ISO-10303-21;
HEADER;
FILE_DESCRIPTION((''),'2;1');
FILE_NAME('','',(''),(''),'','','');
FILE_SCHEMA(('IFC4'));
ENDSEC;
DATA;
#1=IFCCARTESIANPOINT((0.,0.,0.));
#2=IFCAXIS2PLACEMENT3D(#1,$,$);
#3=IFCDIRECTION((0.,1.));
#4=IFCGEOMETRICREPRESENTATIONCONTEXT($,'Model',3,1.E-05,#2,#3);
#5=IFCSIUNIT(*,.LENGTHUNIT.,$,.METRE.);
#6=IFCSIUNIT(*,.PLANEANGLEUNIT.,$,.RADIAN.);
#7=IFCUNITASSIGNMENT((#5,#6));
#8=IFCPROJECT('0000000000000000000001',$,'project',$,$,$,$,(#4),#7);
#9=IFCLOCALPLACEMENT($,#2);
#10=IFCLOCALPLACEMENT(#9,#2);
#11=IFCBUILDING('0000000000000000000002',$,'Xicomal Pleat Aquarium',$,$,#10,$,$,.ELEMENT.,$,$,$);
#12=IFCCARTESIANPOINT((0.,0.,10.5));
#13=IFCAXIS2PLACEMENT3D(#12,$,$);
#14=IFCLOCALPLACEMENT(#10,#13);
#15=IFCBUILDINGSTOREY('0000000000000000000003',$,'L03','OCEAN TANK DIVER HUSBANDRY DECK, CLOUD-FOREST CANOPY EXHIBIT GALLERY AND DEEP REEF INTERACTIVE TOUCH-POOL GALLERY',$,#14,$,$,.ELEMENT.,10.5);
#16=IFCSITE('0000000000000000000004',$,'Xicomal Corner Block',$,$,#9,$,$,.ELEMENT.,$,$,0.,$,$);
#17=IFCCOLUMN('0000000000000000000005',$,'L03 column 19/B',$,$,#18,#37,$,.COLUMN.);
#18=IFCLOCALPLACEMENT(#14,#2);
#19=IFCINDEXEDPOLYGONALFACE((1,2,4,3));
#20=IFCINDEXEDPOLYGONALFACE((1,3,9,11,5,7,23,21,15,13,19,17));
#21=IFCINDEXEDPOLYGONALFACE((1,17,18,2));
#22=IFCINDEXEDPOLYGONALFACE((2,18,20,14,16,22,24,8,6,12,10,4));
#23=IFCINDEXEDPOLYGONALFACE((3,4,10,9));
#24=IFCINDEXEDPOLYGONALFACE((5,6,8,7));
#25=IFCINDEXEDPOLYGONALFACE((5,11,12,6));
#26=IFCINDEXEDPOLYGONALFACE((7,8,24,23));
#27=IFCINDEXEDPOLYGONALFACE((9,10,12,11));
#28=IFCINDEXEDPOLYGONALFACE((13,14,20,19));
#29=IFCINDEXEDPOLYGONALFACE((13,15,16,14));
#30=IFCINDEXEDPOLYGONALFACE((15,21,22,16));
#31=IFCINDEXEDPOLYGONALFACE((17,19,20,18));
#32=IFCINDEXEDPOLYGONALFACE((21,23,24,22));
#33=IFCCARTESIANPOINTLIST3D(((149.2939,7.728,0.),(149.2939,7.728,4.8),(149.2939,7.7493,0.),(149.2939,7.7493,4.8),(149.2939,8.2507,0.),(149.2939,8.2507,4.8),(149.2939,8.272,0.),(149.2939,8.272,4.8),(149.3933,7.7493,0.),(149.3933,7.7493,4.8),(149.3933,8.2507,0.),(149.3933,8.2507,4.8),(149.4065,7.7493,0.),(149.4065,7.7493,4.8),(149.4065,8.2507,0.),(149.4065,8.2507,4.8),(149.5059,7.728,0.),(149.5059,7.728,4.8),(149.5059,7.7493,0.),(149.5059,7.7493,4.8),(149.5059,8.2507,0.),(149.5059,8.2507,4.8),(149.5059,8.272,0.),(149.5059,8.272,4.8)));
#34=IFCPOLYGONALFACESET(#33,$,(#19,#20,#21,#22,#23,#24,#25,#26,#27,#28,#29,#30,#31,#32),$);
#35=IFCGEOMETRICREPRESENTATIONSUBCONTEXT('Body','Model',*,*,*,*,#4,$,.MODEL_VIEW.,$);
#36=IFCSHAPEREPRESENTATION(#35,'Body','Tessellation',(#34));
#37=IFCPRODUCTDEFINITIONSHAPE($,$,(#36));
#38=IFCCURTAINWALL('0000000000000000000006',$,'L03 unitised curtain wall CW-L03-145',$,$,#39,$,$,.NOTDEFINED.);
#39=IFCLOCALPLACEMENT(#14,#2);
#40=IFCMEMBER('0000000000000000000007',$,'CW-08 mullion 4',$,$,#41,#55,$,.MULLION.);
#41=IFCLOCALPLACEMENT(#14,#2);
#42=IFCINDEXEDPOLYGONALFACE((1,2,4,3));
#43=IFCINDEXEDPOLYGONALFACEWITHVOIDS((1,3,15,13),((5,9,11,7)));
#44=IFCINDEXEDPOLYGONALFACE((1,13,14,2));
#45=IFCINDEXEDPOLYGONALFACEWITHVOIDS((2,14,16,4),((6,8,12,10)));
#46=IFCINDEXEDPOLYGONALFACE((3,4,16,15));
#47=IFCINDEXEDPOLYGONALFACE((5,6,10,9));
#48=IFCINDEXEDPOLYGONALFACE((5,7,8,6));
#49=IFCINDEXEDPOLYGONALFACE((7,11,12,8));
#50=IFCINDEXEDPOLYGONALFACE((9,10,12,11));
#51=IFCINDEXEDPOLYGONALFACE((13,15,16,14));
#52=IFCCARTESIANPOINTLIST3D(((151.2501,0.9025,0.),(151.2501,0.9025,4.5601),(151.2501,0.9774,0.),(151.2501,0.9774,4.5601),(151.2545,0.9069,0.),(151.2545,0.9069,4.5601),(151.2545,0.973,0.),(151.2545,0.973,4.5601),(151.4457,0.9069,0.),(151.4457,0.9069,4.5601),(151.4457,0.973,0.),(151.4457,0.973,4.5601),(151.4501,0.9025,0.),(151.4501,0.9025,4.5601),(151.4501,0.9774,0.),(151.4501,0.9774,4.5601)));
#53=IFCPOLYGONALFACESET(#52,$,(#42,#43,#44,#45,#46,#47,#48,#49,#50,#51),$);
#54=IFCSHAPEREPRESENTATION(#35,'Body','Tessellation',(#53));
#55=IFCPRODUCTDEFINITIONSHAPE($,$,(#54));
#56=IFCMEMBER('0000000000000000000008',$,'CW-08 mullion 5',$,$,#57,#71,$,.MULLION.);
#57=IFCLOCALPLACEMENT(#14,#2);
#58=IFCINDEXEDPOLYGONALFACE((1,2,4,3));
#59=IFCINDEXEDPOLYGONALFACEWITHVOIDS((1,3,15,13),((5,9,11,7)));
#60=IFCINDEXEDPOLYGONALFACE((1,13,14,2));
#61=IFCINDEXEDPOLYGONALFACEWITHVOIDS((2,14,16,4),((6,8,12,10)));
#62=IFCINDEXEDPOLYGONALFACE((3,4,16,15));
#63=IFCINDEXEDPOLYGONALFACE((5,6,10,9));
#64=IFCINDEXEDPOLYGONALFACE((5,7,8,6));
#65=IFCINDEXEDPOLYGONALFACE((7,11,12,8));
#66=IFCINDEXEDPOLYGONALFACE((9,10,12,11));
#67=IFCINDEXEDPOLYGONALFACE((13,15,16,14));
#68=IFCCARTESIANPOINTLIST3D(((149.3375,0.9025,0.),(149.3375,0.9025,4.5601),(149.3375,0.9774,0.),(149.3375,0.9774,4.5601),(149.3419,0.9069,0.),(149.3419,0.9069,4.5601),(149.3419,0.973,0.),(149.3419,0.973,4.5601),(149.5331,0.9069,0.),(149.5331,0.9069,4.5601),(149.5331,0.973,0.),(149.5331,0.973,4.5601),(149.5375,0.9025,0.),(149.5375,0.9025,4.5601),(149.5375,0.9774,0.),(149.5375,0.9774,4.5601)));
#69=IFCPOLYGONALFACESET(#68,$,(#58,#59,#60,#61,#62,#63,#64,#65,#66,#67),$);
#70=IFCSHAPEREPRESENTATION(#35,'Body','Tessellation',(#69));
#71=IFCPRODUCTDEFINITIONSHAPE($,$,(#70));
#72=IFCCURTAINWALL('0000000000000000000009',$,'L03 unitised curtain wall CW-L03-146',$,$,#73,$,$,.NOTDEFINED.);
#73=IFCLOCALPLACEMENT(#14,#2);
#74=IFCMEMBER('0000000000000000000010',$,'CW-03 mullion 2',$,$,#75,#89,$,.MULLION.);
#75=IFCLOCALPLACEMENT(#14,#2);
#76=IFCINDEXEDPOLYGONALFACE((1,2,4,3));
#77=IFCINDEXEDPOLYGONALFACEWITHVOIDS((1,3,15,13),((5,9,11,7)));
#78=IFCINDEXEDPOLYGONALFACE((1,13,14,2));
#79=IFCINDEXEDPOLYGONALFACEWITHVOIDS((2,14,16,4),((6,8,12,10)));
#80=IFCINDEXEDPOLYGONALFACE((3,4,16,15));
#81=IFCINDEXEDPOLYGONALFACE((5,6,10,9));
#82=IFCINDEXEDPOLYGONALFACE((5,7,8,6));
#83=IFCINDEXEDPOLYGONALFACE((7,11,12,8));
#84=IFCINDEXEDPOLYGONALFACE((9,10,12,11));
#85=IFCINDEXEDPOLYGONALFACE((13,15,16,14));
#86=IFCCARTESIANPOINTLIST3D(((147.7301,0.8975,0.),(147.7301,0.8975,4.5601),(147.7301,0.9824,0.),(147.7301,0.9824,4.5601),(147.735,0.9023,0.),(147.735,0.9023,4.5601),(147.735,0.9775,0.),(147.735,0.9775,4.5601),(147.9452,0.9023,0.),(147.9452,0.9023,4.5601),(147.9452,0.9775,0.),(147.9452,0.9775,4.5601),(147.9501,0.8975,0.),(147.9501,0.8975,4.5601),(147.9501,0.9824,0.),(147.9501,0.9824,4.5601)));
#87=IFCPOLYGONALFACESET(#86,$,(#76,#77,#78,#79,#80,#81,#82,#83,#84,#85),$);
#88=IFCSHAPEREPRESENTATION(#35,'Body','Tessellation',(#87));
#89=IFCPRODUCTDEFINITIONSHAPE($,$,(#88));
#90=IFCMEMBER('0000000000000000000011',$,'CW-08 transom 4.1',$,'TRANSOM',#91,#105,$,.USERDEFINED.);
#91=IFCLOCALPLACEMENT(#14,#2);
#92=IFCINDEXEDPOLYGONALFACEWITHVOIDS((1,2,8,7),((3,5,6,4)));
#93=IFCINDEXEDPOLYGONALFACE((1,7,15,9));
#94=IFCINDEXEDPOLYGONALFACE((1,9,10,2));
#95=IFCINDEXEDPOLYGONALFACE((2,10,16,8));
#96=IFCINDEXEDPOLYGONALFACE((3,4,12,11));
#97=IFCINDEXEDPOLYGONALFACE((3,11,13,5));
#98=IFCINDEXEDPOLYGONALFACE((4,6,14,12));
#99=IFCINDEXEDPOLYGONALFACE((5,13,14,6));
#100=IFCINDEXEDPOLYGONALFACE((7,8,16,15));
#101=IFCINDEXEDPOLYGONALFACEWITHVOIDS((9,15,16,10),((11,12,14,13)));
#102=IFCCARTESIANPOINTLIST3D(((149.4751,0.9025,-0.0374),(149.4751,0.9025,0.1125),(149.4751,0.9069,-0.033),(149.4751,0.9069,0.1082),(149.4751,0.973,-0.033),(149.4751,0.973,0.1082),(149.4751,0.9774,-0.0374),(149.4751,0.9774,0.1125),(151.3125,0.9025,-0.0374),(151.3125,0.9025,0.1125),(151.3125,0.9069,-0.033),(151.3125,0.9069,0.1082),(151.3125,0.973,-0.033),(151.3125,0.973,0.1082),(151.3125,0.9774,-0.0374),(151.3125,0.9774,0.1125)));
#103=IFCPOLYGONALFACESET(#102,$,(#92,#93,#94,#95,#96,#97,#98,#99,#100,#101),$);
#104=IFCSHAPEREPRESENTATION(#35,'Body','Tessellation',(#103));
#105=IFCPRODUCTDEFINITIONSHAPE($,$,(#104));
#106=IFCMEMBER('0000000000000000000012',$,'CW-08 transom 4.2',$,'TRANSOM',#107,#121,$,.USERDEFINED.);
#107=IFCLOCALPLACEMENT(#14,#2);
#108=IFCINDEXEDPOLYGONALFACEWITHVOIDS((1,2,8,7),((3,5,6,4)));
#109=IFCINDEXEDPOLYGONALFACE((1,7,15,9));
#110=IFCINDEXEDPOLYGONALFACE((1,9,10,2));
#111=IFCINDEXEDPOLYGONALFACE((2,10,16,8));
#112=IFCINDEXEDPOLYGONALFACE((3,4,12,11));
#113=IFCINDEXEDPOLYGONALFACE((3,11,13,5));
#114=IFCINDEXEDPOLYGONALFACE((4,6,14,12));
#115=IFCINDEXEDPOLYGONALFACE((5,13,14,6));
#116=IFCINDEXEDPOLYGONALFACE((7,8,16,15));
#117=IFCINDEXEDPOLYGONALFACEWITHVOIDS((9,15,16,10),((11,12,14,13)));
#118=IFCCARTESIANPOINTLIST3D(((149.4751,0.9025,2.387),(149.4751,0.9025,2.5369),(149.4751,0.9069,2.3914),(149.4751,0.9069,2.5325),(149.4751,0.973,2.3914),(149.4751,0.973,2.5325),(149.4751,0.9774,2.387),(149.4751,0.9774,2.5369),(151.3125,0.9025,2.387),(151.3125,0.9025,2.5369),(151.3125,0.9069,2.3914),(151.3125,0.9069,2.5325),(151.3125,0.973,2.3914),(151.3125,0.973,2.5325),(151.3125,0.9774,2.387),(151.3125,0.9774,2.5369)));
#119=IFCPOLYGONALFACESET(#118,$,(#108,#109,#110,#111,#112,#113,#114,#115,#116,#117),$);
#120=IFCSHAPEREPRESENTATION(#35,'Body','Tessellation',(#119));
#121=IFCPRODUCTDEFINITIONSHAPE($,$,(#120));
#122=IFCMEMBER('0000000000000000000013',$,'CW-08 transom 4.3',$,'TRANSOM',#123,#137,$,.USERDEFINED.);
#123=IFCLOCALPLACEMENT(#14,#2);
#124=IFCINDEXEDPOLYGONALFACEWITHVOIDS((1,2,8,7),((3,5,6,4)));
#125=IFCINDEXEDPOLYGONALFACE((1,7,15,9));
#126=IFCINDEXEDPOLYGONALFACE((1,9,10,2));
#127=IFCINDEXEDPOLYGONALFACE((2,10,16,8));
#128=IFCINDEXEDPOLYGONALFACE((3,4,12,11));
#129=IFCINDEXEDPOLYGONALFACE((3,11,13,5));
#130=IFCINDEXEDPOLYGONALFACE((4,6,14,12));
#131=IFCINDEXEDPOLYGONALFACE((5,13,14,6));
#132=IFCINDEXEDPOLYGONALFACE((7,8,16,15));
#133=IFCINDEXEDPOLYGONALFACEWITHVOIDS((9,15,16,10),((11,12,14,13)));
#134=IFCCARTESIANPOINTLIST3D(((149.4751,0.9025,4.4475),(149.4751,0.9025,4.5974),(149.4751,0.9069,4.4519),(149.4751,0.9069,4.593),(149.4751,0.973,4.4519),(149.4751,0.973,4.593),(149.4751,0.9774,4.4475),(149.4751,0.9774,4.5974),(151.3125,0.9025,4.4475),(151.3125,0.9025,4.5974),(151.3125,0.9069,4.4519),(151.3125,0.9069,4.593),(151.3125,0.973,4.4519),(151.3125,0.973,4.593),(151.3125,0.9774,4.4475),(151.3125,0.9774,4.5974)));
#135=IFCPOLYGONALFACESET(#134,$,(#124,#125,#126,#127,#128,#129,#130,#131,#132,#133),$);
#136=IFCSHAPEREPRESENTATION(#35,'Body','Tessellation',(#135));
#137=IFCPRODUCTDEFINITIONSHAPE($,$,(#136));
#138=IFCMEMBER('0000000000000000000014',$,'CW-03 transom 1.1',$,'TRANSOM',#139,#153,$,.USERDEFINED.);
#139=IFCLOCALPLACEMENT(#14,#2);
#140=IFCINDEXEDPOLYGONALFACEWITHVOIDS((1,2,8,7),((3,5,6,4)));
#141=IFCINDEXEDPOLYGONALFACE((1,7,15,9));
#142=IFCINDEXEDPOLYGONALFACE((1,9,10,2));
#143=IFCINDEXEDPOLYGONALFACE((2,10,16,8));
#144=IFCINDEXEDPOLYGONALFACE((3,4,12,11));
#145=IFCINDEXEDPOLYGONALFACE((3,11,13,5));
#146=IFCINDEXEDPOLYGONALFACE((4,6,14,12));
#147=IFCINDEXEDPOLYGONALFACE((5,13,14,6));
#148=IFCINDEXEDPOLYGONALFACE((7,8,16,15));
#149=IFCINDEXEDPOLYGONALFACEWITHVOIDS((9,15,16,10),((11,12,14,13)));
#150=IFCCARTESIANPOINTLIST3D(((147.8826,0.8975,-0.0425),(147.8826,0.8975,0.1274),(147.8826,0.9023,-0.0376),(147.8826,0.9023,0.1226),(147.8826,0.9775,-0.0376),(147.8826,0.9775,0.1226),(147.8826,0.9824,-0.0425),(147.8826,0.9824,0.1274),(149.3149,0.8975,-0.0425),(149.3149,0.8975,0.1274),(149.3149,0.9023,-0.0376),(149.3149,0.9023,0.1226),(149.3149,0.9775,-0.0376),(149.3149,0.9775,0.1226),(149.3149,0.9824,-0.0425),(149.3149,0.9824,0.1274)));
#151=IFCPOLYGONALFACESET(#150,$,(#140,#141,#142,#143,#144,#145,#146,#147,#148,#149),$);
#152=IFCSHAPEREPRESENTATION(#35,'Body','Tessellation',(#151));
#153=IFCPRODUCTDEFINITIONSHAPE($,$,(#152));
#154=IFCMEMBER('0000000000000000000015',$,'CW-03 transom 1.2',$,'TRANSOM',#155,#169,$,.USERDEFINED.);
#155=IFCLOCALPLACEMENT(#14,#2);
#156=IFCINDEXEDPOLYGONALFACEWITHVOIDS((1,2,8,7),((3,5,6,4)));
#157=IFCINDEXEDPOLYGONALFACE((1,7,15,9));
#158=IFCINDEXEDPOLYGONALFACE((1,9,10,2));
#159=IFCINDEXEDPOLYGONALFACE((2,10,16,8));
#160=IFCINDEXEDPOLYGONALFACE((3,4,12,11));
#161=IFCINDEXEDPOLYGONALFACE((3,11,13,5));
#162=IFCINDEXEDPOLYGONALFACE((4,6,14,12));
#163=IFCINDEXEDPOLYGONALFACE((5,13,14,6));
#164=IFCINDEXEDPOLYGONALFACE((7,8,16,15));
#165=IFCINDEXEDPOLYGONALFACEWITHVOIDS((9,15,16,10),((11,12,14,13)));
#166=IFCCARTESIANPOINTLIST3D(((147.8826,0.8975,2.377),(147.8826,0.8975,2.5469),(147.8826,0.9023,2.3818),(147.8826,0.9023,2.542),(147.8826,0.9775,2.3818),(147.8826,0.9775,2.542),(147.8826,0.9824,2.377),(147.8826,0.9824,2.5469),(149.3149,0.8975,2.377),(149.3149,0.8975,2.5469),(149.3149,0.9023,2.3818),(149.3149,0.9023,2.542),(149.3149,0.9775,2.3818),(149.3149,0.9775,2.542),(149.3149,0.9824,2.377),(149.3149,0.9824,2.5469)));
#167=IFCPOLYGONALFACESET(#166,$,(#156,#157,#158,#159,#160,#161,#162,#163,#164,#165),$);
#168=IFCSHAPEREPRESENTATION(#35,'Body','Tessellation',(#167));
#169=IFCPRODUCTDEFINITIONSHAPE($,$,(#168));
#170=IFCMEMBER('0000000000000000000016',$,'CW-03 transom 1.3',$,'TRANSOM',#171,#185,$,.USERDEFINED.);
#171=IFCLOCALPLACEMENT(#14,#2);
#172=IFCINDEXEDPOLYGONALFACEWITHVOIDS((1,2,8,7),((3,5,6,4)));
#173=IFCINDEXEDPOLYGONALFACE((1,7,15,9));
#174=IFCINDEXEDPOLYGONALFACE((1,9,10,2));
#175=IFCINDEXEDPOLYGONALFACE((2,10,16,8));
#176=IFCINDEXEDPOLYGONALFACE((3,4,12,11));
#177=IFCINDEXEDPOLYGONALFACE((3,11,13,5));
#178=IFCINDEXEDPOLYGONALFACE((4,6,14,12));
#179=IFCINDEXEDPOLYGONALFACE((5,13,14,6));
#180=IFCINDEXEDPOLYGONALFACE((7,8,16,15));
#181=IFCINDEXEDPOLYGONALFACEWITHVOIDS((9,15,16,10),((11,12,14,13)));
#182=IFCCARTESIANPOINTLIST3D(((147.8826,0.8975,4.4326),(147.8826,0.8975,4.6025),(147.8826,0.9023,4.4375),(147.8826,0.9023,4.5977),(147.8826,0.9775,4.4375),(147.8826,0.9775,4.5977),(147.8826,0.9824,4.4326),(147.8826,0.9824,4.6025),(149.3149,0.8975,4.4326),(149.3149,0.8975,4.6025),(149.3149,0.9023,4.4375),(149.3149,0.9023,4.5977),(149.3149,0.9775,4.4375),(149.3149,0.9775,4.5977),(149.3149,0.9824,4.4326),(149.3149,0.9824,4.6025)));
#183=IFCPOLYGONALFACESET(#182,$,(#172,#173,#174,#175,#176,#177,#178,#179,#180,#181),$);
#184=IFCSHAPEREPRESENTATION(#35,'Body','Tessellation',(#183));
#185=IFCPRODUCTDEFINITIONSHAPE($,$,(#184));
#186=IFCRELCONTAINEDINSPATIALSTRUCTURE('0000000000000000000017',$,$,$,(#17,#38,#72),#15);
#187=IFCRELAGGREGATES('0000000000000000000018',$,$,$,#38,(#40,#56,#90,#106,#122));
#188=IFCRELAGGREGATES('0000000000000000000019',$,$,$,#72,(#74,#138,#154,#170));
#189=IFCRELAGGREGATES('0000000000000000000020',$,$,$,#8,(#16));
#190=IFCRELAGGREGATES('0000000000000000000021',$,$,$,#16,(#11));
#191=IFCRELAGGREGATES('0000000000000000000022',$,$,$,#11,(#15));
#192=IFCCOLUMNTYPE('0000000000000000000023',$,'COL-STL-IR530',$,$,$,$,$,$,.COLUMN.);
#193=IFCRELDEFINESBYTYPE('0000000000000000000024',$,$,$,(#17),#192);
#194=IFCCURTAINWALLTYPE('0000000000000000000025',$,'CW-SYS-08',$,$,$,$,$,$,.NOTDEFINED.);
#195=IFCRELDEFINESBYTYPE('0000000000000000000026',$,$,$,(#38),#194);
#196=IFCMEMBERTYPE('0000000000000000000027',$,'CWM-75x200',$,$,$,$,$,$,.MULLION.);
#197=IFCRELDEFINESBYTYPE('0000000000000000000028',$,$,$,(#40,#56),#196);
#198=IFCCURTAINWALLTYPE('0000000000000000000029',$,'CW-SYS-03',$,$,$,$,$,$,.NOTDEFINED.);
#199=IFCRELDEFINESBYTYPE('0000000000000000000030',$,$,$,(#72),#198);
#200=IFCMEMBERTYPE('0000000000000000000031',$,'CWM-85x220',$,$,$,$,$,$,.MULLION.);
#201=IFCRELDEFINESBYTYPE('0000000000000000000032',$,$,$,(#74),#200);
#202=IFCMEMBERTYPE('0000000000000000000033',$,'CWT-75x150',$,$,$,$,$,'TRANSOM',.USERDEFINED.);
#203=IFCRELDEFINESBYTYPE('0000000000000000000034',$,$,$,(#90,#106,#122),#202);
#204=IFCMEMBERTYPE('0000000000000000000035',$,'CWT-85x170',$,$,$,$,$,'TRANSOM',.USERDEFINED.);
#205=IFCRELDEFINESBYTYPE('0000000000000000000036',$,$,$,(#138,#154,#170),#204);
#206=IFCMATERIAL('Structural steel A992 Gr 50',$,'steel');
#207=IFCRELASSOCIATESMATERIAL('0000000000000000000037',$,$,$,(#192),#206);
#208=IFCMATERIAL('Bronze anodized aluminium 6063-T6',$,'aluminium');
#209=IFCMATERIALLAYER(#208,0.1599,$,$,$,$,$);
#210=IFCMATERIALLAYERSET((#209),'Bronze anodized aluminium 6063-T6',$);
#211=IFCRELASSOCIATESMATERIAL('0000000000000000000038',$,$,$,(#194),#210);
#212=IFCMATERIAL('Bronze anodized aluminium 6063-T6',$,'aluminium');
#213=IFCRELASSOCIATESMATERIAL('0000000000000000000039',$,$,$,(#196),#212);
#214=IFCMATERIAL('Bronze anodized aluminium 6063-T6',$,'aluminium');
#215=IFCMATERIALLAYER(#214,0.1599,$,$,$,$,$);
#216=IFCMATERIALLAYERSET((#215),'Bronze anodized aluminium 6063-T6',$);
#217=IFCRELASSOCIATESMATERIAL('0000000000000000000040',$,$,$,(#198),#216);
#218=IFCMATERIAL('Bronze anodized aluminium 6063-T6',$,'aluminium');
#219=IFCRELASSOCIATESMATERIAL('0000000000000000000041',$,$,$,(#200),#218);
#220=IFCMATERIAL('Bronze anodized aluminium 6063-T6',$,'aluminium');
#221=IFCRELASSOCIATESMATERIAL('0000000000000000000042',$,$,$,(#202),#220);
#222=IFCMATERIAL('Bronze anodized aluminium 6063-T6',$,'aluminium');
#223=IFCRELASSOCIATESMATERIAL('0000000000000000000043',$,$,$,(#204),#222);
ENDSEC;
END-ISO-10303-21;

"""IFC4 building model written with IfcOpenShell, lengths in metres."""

from ifc_helpers import new_model, si_unit, direction, frame, origin, origin_2d, place, context, subcontext, project, spatial, hollow_rectangle, i_section, extrude, material, layer, layer_set, material_profile, profile_set, type_object, element, aggregate, save


model = new_model("IFC4")

# Units and contexts
model_context = context("Model", 3, precision=1e-05, world=origin(), true_north=direction((0.0, 1.0)))
body_context = subcontext(model_context, "Body", "Model", "MODEL_VIEW")
ifc_project = project(units=[si_unit("LENGTHUNIT", "METRE"), si_unit("PLANEANGLEUNIT", "RADIAN")], contexts=[model_context])

# Site, building, storey
site_placement = place(None, origin())
site = spatial("IfcSite", under=ifc_project, at=site_placement, Name="Xicomal Corner Block", CompositionType="ELEMENT", RefElevation=0.0)
building_placement = place(site_placement, origin())
building = spatial("IfcBuilding", under=site, at=building_placement, Name="Xicomal Pleat Aquarium", CompositionType="ELEMENT")
storey_placement = place(building_placement, frame((0.0, 0.0, 10.5)))
storey = spatial("IfcBuildingStorey", under=building, at=storey_placement, Name="L03", Description="OCEAN TANK DIVER HUSBANDRY DECK, CLOUD-FOREST CANOPY EXHIBIT GALLERY AND DEEP REEF INTERACTIVE TOUCH-POOL GALLERY", CompositionType="ELEMENT", Elevation=10.5)

# Column
ifc_material_1 = material(Name="Structural steel A992 Gr 50", Category="steel")
ifc_material_profile_1 = material_profile(ifc_material_1, i_section(OverallWidth=0.2119, OverallDepth=0.5439, WebThickness=0.0132, FlangeThickness=0.0212, at=origin_2d()), Name="IR 530x123")
ifc_profile_set_1 = profile_set([ifc_material_profile_1], Name="Structural steel A992 Gr 50")
column_type = type_object("IfcColumnType", Name="COL-STL-IR530", PredefinedType="COLUMN", material=ifc_profile_set_1)
column_placement = place(storey_placement, frame((149.3999, 8.0, 0.0), z_axis=(0.0, 0.0, 1.0), x_axis=(1.0, 0.0, 0.0)))
element("IfcColumn", 1, at=column_placement, inside=storey, type_object=column_type, Name="L03 column 19/B", PredefinedType="COLUMN", context=body_context, shape_type="SweptSolid", body=[
    extrude(i_section(OverallWidth=0.2119, OverallDepth=0.5439, WebThickness=0.0132, FlangeThickness=0.0212, at=origin_2d()), origin(), (0.0, 0.0, 1.0), 4.8),
])

# Curtain wall, members
ifc_material_2 = material(Name="Bronze anodized aluminium 6063-T6", Category="aluminium")
ifc_layer_1 = layer(ifc_material_2, 0.1599)
ifc_layer_set_1 = layer_set([ifc_layer_1], Name="Bronze anodized aluminium 6063-T6")
curtain_wall_type_1 = type_object("IfcCurtainWallType", Name="CW-SYS-08", PredefinedType="NOTDEFINED", material=ifc_layer_set_1)
curtain_wall_1_placement = place(storey_placement, origin())
curtain_wall_1 = element("IfcCurtainWall", 2, at=curtain_wall_1_placement, inside=storey, type_object=curtain_wall_type_1, Name="L03 unitised curtain wall CW-L03-145", PredefinedType="NOTDEFINED")
ifc_material_3 = material(Name="Bronze anodized aluminium 6063-T6", Category="aluminium")
ifc_material_profile_2 = material_profile(ifc_material_3, hollow_rectangle(XDim=0.075, YDim=0.2, WallThickness=0.0044, at=origin_2d()), Name="ALU MULL 75x200")
ifc_profile_set_2 = profile_set([ifc_material_profile_2], Name="Bronze anodized aluminium 6063-T6")
member_type_1 = type_object("IfcMemberType", Name="CWM-75x200", PredefinedType="MULLION", material=ifc_profile_set_2)
member_1_placement = place(storey_placement, frame((151.3501, 0.9399, 0.0), z_axis=(0.0, 0.0, 1.0), x_axis=(0.0, -1.0, 0.0)))
member_1 = element("IfcMember", 3, at=member_1_placement, type_object=member_type_1, Name="CW-08 mullion 4", PredefinedType="MULLION", context=body_context, shape_type="SweptSolid", body=[
    extrude(hollow_rectangle(XDim=0.075, YDim=0.2, WallThickness=0.0044, at=origin_2d()), origin(), (0.0, 0.0, 1.0), 4.5601),
])
member_2_placement = place(storey_placement, frame((149.4375, 0.9399, 0.0), z_axis=(0.0, 0.0, 1.0), x_axis=(0.0, -1.0, 0.0)))
member_2 = element("IfcMember", 4, at=member_2_placement, type_object=member_type_1, Name="CW-08 mullion 5", PredefinedType="MULLION", context=body_context, shape_type="SweptSolid", body=[
    extrude(hollow_rectangle(XDim=0.075, YDim=0.2, WallThickness=0.0044, at=origin_2d()), origin(), (0.0, 0.0, 1.0), 4.5601),
])

# Curtain wall, member
ifc_material_4 = material(Name="Bronze anodized aluminium 6063-T6", Category="aluminium")
ifc_layer_2 = layer(ifc_material_4, 0.1599)
ifc_layer_set_2 = layer_set([ifc_layer_2], Name="Bronze anodized aluminium 6063-T6")
curtain_wall_type_2 = type_object("IfcCurtainWallType", Name="CW-SYS-03", PredefinedType="NOTDEFINED", material=ifc_layer_set_2)
curtain_wall_2_placement = place(storey_placement, origin())
curtain_wall_2 = element("IfcCurtainWall", 5, at=curtain_wall_2_placement, inside=storey, type_object=curtain_wall_type_2, Name="L03 unitised curtain wall CW-L03-146", PredefinedType="NOTDEFINED")
ifc_material_5 = material(Name="Bronze anodized aluminium 6063-T6", Category="aluminium")
ifc_material_profile_3 = material_profile(ifc_material_5, hollow_rectangle(XDim=0.085, YDim=0.22, WallThickness=0.0049, at=origin_2d()), Name="ALU MULL 85x220")
ifc_profile_set_3 = profile_set([ifc_material_profile_3], Name="Bronze anodized aluminium 6063-T6")
member_type_2 = type_object("IfcMemberType", Name="CWM-85x220", PredefinedType="MULLION", material=ifc_profile_set_3)
member_3_placement = place(storey_placement, frame((147.8401, 0.9399, 0.0), z_axis=(0.0, 0.0, 1.0), x_axis=(0.0, -1.0, 0.0)))
member_3 = element("IfcMember", 6, at=member_3_placement, type_object=member_type_2, Name="CW-03 mullion 2", PredefinedType="MULLION", context=body_context, shape_type="SweptSolid", body=[
    extrude(hollow_rectangle(XDim=0.085, YDim=0.22, WallThickness=0.0049, at=origin_2d()), origin(), (0.0, 0.0, 1.0), 4.5601),
])

# Members
ifc_material_6 = material(Name="Bronze anodized aluminium 6063-T6", Category="aluminium")
ifc_material_profile_4 = material_profile(ifc_material_6, hollow_rectangle(XDim=0.075, YDim=0.1499, WallThickness=0.0044, at=origin_2d()), Name="ALU TRAN 75x150")
ifc_profile_set_4 = profile_set([ifc_material_profile_4], Name="Bronze anodized aluminium 6063-T6")
member_type_3 = type_object("IfcMemberType", Name="CWT-75x150", ElementType="TRANSOM", PredefinedType="USERDEFINED", material=ifc_profile_set_4)
member_4_placement = place(storey_placement, frame((151.3125, 0.9399, 0.0376), z_axis=(-1.0, 0.0, 0.0), x_axis=(0.0, -1.0, 0.0)))
member_4 = element("IfcMember", 7, at=member_4_placement, type_object=member_type_3, Name="CW-08 transom 4.1", ObjectType="TRANSOM", PredefinedType="USERDEFINED", context=body_context, shape_type="SweptSolid", body=[
    extrude(hollow_rectangle(XDim=0.075, YDim=0.1499, WallThickness=0.0044, at=origin_2d()), origin(), (0.0, 0.0, 1.0), 1.8374),
])
member_5_placement = place(storey_placement, frame((151.3125, 0.9399, 2.4619), z_axis=(-1.0, 0.0, 0.0), x_axis=(0.0, -1.0, 0.0)))
member_5 = element("IfcMember", 8, at=member_5_placement, type_object=member_type_3, Name="CW-08 transom 4.2", ObjectType="TRANSOM", PredefinedType="USERDEFINED", context=body_context, shape_type="SweptSolid", body=[
    extrude(hollow_rectangle(XDim=0.075, YDim=0.1499, WallThickness=0.0044, at=origin_2d()), origin(), (0.0, 0.0, 1.0), 1.8374),
])
member_6_placement = place(storey_placement, frame((151.3125, 0.9399, 4.5225), z_axis=(-1.0, 0.0, 0.0), x_axis=(0.0, -1.0, 0.0)))
member_6 = element("IfcMember", 9, at=member_6_placement, type_object=member_type_3, Name="CW-08 transom 4.3", ObjectType="TRANSOM", PredefinedType="USERDEFINED", context=body_context, shape_type="SweptSolid", body=[
    extrude(hollow_rectangle(XDim=0.075, YDim=0.1499, WallThickness=0.0044, at=origin_2d()), origin(), (0.0, 0.0, 1.0), 1.8374),
])
ifc_material_7 = material(Name="Bronze anodized aluminium 6063-T6", Category="aluminium")
ifc_material_profile_5 = material_profile(ifc_material_7, hollow_rectangle(XDim=0.085, YDim=0.1699, WallThickness=0.0049, at=origin_2d()), Name="ALU TRAN 85x170")
ifc_profile_set_5 = profile_set([ifc_material_profile_5], Name="Bronze anodized aluminium 6063-T6")
member_type_4 = type_object("IfcMemberType", Name="CWT-85x170", ElementType="TRANSOM", PredefinedType="USERDEFINED", material=ifc_profile_set_5)
member_7_placement = place(storey_placement, frame((149.3149, 0.9399, 0.0425), z_axis=(-1.0, 0.0, 0.0), x_axis=(0.0, -1.0, 0.0)))
member_7 = element("IfcMember", 10, at=member_7_placement, type_object=member_type_4, Name="CW-03 transom 1.1", ObjectType="TRANSOM", PredefinedType="USERDEFINED", context=body_context, shape_type="SweptSolid", body=[
    extrude(hollow_rectangle(XDim=0.085, YDim=0.1699, WallThickness=0.0049, at=origin_2d()), origin(), (0.0, 0.0, 1.0), 1.4324),
])
member_8_placement = place(storey_placement, frame((149.3149, 0.9399, 2.4619), z_axis=(-1.0, 0.0, 0.0), x_axis=(0.0, -1.0, 0.0)))
member_8 = element("IfcMember", 11, at=member_8_placement, type_object=member_type_4, Name="CW-03 transom 1.2", ObjectType="TRANSOM", PredefinedType="USERDEFINED", context=body_context, shape_type="SweptSolid", body=[
    extrude(hollow_rectangle(XDim=0.085, YDim=0.1699, WallThickness=0.0049, at=origin_2d()), origin(), (0.0, 0.0, 1.0), 1.4324),
])
member_9_placement = place(storey_placement, frame((149.3149, 0.9399, 4.5176), z_axis=(-1.0, 0.0, 0.0), x_axis=(0.0, -1.0, 0.0)))
member_9 = element("IfcMember", 12, at=member_9_placement, type_object=member_type_4, Name="CW-03 transom 1.3", ObjectType="TRANSOM", PredefinedType="USERDEFINED", context=body_context, shape_type="SweptSolid", body=[
    extrude(hollow_rectangle(XDim=0.085, YDim=0.1699, WallThickness=0.0049, at=origin_2d()), origin(), (0.0, 0.0, 1.0), 1.4324),
])

aggregate(curtain_wall_1, [member_1, member_2, member_4, member_5, member_6])
aggregate(curtain_wall_2, [member_3, member_7, member_8, member_9])

save(model, "model.ifc")
